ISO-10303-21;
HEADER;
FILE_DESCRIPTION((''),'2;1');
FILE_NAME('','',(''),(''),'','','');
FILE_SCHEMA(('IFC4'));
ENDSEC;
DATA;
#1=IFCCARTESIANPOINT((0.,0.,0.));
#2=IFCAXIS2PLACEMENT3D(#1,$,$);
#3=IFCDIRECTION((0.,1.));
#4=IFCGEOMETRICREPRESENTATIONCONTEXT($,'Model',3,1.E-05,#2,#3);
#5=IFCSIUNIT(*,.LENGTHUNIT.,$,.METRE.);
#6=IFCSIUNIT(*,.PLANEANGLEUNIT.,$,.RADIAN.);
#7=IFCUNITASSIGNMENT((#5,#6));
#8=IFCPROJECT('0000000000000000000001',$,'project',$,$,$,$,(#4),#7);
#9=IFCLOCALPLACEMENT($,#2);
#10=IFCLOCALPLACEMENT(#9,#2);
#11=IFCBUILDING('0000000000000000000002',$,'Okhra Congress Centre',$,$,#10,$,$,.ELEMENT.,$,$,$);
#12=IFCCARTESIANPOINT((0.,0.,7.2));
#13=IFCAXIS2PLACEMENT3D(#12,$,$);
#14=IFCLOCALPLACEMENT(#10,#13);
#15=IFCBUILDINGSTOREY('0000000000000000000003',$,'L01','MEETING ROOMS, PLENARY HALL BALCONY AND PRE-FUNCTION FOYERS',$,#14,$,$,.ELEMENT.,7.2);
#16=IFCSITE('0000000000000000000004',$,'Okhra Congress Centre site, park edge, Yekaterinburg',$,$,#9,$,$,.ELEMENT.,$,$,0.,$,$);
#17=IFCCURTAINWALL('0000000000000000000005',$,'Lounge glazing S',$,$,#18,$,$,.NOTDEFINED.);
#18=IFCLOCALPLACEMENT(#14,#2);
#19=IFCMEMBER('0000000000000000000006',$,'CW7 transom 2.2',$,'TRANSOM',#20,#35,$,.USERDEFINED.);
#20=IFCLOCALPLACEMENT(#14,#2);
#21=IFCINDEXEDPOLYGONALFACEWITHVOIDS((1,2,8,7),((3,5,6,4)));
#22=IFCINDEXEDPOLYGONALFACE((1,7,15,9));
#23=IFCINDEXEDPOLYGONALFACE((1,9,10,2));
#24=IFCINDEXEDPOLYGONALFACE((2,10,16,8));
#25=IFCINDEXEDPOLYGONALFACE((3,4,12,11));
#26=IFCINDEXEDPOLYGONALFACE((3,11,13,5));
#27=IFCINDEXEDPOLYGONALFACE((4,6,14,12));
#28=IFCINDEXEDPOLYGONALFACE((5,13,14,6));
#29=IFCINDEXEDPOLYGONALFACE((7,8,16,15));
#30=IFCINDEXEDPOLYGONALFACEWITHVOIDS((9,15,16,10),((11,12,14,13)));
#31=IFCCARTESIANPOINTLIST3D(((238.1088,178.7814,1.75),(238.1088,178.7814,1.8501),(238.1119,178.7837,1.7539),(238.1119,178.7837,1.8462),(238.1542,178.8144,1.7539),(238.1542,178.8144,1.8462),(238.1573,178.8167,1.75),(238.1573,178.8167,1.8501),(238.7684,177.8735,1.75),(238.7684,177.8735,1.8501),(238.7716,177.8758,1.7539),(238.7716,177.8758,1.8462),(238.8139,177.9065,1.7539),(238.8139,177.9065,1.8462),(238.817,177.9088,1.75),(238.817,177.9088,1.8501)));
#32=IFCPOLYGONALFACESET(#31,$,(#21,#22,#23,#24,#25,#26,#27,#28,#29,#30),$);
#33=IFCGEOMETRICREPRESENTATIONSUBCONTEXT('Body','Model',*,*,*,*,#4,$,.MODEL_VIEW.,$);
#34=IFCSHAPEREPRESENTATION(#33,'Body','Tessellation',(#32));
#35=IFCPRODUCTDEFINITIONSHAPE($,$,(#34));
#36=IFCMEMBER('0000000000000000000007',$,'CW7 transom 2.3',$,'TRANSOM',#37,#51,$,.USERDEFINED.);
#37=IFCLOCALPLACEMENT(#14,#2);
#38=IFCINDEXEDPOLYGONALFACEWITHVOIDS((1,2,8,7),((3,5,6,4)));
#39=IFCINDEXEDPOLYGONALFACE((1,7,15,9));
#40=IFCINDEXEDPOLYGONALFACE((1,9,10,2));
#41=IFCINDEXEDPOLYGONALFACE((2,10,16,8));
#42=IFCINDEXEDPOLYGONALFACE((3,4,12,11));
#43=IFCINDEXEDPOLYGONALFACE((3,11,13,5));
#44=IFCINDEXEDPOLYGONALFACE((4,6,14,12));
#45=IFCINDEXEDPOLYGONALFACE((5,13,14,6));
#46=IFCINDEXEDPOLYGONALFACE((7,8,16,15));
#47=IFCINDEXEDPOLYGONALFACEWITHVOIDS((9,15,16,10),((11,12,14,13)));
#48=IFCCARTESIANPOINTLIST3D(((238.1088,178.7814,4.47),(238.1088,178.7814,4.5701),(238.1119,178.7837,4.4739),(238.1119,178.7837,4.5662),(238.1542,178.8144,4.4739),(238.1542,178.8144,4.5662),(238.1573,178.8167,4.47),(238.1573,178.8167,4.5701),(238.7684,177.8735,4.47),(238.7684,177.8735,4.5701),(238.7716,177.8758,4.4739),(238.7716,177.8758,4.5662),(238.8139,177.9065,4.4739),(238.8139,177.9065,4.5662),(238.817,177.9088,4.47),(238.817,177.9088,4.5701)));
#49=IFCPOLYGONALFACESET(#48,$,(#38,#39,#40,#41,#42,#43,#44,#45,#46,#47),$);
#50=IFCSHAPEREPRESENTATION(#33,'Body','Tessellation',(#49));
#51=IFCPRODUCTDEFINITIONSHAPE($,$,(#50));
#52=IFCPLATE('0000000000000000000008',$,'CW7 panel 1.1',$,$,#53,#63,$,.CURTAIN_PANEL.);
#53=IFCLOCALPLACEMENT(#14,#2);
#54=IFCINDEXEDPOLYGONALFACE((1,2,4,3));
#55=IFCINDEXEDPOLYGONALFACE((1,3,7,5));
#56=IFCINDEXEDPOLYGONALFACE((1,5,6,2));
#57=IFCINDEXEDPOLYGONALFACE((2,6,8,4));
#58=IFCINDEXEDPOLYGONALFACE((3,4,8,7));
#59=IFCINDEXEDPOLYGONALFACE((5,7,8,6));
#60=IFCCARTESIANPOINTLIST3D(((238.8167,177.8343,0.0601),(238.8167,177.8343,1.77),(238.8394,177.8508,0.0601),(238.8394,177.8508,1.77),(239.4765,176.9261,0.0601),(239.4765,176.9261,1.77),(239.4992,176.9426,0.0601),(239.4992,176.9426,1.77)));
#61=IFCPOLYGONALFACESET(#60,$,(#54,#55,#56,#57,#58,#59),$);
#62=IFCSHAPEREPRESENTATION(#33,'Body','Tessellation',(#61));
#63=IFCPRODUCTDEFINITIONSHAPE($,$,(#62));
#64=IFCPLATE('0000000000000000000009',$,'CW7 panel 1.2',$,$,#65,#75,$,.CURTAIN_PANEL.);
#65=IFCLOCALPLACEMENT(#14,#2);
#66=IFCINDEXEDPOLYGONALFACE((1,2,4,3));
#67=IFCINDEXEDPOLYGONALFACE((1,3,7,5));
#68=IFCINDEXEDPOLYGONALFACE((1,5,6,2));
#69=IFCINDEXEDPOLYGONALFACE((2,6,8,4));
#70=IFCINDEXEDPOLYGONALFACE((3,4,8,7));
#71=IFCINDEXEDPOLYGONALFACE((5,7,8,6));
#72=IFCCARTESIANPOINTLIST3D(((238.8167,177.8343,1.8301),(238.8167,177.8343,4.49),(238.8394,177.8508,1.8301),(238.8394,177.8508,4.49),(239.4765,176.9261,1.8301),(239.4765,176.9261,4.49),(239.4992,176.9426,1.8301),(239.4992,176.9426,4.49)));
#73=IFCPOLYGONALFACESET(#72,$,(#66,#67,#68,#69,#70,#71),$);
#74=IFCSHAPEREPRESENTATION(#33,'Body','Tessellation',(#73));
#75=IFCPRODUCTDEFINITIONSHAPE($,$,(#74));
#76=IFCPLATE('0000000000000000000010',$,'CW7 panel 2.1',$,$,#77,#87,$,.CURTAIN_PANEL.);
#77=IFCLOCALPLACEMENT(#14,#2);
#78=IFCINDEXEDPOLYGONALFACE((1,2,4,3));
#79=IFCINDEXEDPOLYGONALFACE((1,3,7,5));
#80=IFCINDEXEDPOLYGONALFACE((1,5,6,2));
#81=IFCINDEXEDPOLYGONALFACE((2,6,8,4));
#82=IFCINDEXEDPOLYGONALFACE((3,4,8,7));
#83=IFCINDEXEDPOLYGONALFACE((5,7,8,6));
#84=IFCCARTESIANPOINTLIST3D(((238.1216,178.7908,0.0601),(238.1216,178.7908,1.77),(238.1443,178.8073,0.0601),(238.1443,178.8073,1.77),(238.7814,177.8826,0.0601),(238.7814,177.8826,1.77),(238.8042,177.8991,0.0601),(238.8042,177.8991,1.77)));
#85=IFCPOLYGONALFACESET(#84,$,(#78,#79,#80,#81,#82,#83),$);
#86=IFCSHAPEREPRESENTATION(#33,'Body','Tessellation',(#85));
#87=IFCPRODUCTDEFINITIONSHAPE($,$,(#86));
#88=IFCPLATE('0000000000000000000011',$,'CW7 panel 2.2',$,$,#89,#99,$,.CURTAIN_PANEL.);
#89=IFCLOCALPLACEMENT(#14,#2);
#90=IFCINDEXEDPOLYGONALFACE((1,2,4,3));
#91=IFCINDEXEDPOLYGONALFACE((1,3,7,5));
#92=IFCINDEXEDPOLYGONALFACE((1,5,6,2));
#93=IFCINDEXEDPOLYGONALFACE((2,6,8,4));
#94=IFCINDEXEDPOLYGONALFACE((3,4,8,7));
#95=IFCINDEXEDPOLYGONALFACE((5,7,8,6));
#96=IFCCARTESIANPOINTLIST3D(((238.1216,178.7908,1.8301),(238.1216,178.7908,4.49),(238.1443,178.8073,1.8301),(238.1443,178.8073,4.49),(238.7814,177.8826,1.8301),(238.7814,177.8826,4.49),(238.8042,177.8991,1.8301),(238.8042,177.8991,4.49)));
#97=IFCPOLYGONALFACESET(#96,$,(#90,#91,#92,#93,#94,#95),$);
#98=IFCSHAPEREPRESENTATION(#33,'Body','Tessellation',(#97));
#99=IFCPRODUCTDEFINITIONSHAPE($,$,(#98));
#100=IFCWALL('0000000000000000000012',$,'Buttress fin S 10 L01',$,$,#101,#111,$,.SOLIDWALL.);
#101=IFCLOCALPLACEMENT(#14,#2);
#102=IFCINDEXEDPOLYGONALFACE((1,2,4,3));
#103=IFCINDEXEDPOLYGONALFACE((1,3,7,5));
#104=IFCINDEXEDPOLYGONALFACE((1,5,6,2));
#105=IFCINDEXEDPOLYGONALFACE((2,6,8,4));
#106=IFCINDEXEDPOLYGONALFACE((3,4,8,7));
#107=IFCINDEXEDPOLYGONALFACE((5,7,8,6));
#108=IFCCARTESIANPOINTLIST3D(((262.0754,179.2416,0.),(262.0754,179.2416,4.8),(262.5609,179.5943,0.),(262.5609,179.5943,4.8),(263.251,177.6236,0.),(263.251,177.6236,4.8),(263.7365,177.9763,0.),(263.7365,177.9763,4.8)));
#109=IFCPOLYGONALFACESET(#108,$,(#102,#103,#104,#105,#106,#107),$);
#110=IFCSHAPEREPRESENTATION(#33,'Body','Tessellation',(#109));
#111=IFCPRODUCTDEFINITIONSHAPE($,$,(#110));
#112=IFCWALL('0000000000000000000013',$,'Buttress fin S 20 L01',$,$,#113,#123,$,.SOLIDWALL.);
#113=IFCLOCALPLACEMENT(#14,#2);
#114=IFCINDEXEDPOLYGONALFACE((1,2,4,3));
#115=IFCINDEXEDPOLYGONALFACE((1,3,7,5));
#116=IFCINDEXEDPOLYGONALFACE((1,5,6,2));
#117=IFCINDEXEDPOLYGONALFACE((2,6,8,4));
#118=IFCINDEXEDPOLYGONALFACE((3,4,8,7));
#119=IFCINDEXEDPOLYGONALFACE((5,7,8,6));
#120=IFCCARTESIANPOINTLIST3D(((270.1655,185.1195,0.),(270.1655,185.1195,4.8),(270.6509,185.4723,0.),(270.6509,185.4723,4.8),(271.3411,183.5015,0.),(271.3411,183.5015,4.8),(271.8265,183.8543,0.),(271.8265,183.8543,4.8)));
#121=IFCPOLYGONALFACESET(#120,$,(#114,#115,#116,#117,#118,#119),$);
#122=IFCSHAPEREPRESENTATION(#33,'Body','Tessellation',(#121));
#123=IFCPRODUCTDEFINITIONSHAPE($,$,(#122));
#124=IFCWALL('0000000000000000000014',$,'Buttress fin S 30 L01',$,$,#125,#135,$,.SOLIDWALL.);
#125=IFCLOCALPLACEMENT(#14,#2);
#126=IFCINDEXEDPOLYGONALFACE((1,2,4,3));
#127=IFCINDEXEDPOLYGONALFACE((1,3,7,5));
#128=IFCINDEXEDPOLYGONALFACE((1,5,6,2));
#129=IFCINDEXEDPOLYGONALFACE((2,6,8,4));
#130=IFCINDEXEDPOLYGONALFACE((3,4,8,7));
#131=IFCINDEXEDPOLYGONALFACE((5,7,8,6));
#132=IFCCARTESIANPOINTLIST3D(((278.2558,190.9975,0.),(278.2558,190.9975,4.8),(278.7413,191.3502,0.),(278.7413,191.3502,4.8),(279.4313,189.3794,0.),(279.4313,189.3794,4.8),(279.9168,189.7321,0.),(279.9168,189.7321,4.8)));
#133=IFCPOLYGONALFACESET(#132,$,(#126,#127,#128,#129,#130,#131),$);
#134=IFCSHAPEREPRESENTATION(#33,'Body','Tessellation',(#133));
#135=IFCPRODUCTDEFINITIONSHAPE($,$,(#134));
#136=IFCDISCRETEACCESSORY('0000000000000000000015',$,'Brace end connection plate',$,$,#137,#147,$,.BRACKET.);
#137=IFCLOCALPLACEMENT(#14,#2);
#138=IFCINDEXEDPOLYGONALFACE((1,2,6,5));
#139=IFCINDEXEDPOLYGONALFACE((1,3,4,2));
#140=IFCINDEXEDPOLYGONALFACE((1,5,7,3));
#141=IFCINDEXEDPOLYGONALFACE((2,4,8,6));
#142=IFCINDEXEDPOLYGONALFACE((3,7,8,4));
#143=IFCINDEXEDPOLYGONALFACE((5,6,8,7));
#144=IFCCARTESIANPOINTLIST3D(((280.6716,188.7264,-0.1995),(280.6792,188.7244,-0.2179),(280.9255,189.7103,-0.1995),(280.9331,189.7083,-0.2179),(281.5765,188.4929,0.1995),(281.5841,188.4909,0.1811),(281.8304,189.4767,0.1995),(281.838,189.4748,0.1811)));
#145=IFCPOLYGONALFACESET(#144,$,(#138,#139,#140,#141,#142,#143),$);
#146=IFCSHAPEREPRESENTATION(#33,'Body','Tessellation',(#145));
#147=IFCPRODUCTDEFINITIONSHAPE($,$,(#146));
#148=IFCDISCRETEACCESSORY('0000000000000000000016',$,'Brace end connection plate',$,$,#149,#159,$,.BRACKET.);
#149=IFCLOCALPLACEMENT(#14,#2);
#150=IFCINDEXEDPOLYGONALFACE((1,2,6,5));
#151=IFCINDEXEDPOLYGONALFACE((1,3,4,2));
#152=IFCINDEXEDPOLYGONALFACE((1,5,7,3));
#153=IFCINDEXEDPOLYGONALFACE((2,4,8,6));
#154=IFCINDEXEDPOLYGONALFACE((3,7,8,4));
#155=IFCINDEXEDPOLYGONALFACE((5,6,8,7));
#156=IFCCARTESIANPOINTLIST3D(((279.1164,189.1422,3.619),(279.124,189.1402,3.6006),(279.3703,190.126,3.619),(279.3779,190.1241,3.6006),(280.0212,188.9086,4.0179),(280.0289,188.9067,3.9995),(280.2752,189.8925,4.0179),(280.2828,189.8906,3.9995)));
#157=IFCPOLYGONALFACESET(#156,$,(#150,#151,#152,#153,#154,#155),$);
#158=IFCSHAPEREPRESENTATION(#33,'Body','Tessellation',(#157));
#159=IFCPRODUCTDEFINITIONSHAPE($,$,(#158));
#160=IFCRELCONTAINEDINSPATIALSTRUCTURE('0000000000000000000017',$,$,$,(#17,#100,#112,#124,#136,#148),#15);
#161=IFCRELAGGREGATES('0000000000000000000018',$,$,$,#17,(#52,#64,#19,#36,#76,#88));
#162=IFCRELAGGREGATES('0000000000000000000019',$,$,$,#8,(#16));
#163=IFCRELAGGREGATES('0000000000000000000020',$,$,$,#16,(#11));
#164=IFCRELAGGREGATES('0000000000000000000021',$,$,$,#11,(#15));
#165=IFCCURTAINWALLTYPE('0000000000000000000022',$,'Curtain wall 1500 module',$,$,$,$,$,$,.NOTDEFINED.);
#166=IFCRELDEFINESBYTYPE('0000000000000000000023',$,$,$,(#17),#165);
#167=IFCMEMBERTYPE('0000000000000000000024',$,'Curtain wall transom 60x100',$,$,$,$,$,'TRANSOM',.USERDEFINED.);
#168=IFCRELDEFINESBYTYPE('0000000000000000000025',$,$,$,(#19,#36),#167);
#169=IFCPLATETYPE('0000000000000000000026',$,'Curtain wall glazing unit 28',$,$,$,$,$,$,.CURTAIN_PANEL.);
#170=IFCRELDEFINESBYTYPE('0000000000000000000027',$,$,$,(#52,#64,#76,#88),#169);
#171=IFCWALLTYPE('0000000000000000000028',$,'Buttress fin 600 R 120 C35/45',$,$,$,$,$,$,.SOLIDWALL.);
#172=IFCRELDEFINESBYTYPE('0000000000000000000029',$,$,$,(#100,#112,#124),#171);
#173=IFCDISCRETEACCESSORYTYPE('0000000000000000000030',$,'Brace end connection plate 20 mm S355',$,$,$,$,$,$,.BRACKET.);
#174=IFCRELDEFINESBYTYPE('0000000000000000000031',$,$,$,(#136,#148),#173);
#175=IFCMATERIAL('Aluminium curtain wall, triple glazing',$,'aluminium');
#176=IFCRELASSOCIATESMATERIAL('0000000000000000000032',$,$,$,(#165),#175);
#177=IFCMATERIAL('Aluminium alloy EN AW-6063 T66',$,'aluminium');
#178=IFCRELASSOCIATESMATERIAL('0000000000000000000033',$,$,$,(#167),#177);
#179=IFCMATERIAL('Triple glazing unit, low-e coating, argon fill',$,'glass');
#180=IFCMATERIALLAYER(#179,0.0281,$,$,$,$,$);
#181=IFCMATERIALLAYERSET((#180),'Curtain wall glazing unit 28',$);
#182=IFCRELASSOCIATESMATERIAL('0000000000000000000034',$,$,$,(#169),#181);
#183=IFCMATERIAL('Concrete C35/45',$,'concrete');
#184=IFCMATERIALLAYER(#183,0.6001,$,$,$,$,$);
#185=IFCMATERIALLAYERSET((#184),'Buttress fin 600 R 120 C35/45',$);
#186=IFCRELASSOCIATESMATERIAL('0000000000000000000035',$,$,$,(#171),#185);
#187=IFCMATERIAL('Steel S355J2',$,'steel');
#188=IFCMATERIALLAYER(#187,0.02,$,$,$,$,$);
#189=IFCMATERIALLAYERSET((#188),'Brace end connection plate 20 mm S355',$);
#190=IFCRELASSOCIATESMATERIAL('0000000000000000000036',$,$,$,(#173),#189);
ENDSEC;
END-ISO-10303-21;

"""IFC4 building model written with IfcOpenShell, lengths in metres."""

from ifc_helpers import new_model, si_unit, direction, frame, frame_2d, origin, origin_2d, place, context, subcontext, project, spatial, rectangle, hollow_rectangle, extrude, material, layer, layer_set, material_profile, profile_set, type_object, element, aggregate, save


model = new_model("IFC4")

# Units and contexts
model_context = context("Model", 3, precision=1e-05, world=origin(), true_north=direction((0.0, 1.0)))
body_context = subcontext(model_context, "Body", "Model", "MODEL_VIEW")
ifc_project = project(units=[si_unit("LENGTHUNIT", "METRE"), si_unit("PLANEANGLEUNIT", "RADIAN")], contexts=[model_context])

# Site, building, storey
site_placement = place(None, origin())
site = spatial("IfcSite", under=ifc_project, at=site_placement, Name="Okhra Congress Centre site, park edge, Yekaterinburg", CompositionType="ELEMENT", RefElevation=0.0)
building_placement = place(site_placement, origin())
building = spatial("IfcBuilding", under=site, at=building_placement, Name="Okhra Congress Centre", CompositionType="ELEMENT")
storey_placement = place(building_placement, frame((0.0, 0.0, 7.2)))
storey = spatial("IfcBuildingStorey", under=building, at=storey_placement, Name="L01", Description="MEETING ROOMS, PLENARY HALL BALCONY AND PRE-FUNCTION FOYERS", CompositionType="ELEMENT", Elevation=7.2)

# Curtain wall, members, plates
ifc_material_1 = material(Name="Aluminium curtain wall, triple glazing", Category="aluminium")
curtain_wall_type = type_object("IfcCurtainWallType", Name="Curtain wall 1500 module", PredefinedType="NOTDEFINED", material=ifc_material_1)
curtain_wall_placement = place(storey_placement, origin())
curtain_wall = element("IfcCurtainWall", 1, at=curtain_wall_placement, inside=storey, type_object=curtain_wall_type, Name="Lounge glazing S", PredefinedType="NOTDEFINED")
ifc_material_2 = material(Name="Aluminium alloy EN AW-6063 T66", Category="aluminium")
ifc_material_profile_1 = material_profile(ifc_material_2, hollow_rectangle(XDim=0.0601, YDim=0.1001, WallThickness=0.0039, at=origin_2d()), Name="RHS 60x100x4")
ifc_profile_set_1 = profile_set([ifc_material_profile_1], Name="Aluminium alloy EN AW-6063 T66")
member_type_1 = type_object("IfcMemberType", Name="Curtain wall transom 60x100", ElementType="TRANSOM", PredefinedType="USERDEFINED", material=ifc_profile_set_1)
member_1_placement = place(storey_placement, frame((238.7927, 177.8911, 1.8), z_axis=(-0.587784, 0.809018, 0.0), x_axis=(-0.809018, -0.587784, 0.0)))
member_1 = element("IfcMember", 2, at=member_1_placement, type_object=member_type_1, Name="CW7 transom 2.2", ObjectType="TRANSOM", PredefinedType="USERDEFINED", context=body_context, shape_type="SweptSolid", body=[
    extrude(hollow_rectangle(XDim=0.0601, YDim=0.1001, WallThickness=0.0039, at=origin_2d()), origin(), (0.0, 0.0, 1.0), 1.1223),
])
member_2_placement = place(storey_placement, frame((238.7927, 177.8911, 4.52), z_axis=(-0.587784, 0.809018, 0.0), x_axis=(-0.809018, -0.587784, 0.0)))
member_2 = element("IfcMember", 3, at=member_2_placement, type_object=member_type_1, Name="CW7 transom 2.3", ObjectType="TRANSOM", PredefinedType="USERDEFINED", context=body_context, shape_type="SweptSolid", body=[
    extrude(hollow_rectangle(XDim=0.0601, YDim=0.1001, WallThickness=0.0039, at=origin_2d()), origin(), (0.0, 0.0, 1.0), 1.1223),
])
ifc_material_3 = material(Name="Triple glazing unit, low-e coating, argon fill", Category="glass")
ifc_layer_1 = layer(ifc_material_3, 0.0281)
ifc_layer_set_1 = layer_set([ifc_layer_1], Name="Curtain wall glazing unit 28")
plate_type = type_object("IfcPlateType", Name="Curtain wall glazing unit 28", PredefinedType="CURTAIN_PANEL", material=ifc_layer_set_1)
plate_1_placement = place(storey_placement, frame((239.158, 177.3884, 0.0601), z_axis=(0.0, 0.0, 1.0), x_axis=(-0.587785, 0.809017, 0.0)))
plate_1 = element("IfcPlate", 4, at=plate_1_placement, type_object=plate_type, Name="CW7 panel 1.1", PredefinedType="CURTAIN_PANEL", context=body_context, shape_type="SweptSolid", body=[
    extrude(rectangle(XDim=1.1226, YDim=0.0281, at=origin_2d()), origin(), (0.0, 0.0, 1.0), 1.71),
])
plate_2_placement = place(storey_placement, frame((239.158, 177.3884, 1.8301), z_axis=(0.0, 0.0, 1.0), x_axis=(-0.587785, 0.809017, 0.0)))
plate_2 = element("IfcPlate", 5, at=plate_2_placement, type_object=plate_type, Name="CW7 panel 1.2", PredefinedType="CURTAIN_PANEL", context=body_context, shape_type="SweptSolid", body=[
    extrude(rectangle(XDim=1.1226, YDim=0.0281, at=origin_2d()), origin(), (0.0, 0.0, 1.0), 2.6599),
])
plate_3_placement = place(storey_placement, frame((238.4629, 178.345, 0.0601), z_axis=(0.0, 0.0, 1.0), x_axis=(-0.587785, 0.809017, 0.0)))
plate_3 = element("IfcPlate", 6, at=plate_3_placement, type_object=plate_type, Name="CW7 panel 2.1", PredefinedType="CURTAIN_PANEL", context=body_context, shape_type="SweptSolid", body=[
    extrude(rectangle(XDim=1.1226, YDim=0.0281, at=origin_2d()), origin(), (0.0, 0.0, 1.0), 1.71),
])
plate_4_placement = place(storey_placement, frame((238.4629, 178.345, 1.8301), z_axis=(0.0, 0.0, 1.0), x_axis=(-0.587785, 0.809017, 0.0)))
plate_4 = element("IfcPlate", 7, at=plate_4_placement, type_object=plate_type, Name="CW7 panel 2.2", PredefinedType="CURTAIN_PANEL", context=body_context, shape_type="SweptSolid", body=[
    extrude(rectangle(XDim=1.1226, YDim=0.0281, at=origin_2d()), origin(), (0.0, 0.0, 1.0), 2.6599),
])
aggregate(curtain_wall, [plate_1, plate_2, member_1, member_2, plate_3, plate_4])

# Walls
ifc_material_4 = material(Name="Concrete C35/45", Category="concrete")
ifc_layer_2 = layer(ifc_material_4, 0.6001)
ifc_layer_set_2 = layer_set([ifc_layer_2], Name="Buttress fin 600 R 120 C35/45")
wall_type = type_object("IfcWallType", Name="Buttress fin 600 R 120 C35/45", PredefinedType="SOLIDWALL", material=ifc_layer_set_2)
for number, where, z_axis, x_axis, name in (
    (8, (262.3181, 179.418, 0.0), (0.0, 0.0, 1.0), (0.587801, -0.809005, 0.0), "Buttress fin S 10 L01"),
    (9, (270.4082, 185.2959, 0.0), (0.0, 0.0, 1.0), (0.587801, -0.809005, 0.0), "Buttress fin S 20 L01"),
    (10, (278.4985, 191.1738, 0.0), (0.0, 0.0, 1.0), (0.587743, -0.809047, 0.0), "Buttress fin S 30 L01"),
):
    element("IfcWall", number, at=place(storey_placement, frame(where, z_axis=z_axis, x_axis=x_axis)), inside=storey, type_object=wall_type, Name=name, PredefinedType="SOLIDWALL", context=body_context, shape_type="SweptSolid", body=[
        extrude(rectangle(XDim=2.0, YDim=0.6001, at=frame_2d((1.0, 0.0))), origin(), (0.0, 0.0, 1.0), 4.8),
    ])

# Discrete accessories
ifc_material_5 = material(Name="Steel S355J2", Category="steel")
ifc_layer_3 = layer(ifc_material_5, 0.02)
ifc_layer_set_3 = layer_set([ifc_layer_3], Name="Brace end connection plate 20 mm S355")
discrete_accessory_type = type_object("IfcDiscreteAccessoryType", Name="Brace end connection plate 20 mm S355", PredefinedType="BRACKET", material=ifc_layer_set_3)
for number, where, z_axis, x_axis, name in (
    (11, (281.251, 189.1016, 0.0), (0.380146, -0.098102, -0.919709), (0.249878, 0.968277, 0.0), "Brace end connection plate"),
    (12, (279.7034, 189.5154, 3.8), (-0.380146, 0.098102, 0.919709), (-0.249878, -0.968277, 0.0), "Brace end connection plate"),
):
    element("IfcDiscreteAccessory", number, at=place(storey_placement, frame(where, z_axis=z_axis, x_axis=x_axis)), inside=storey, type_object=discrete_accessory_type, Name=name, PredefinedType="BRACKET", context=body_context, shape_type="SweptSolid", body=[
        extrude(rectangle(XDim=1.0161, YDim=1.0161, at=origin_2d()), origin(), (0.0, 0.0, 1.0), 0.02),
    ])

save(model, "model.ifc")
